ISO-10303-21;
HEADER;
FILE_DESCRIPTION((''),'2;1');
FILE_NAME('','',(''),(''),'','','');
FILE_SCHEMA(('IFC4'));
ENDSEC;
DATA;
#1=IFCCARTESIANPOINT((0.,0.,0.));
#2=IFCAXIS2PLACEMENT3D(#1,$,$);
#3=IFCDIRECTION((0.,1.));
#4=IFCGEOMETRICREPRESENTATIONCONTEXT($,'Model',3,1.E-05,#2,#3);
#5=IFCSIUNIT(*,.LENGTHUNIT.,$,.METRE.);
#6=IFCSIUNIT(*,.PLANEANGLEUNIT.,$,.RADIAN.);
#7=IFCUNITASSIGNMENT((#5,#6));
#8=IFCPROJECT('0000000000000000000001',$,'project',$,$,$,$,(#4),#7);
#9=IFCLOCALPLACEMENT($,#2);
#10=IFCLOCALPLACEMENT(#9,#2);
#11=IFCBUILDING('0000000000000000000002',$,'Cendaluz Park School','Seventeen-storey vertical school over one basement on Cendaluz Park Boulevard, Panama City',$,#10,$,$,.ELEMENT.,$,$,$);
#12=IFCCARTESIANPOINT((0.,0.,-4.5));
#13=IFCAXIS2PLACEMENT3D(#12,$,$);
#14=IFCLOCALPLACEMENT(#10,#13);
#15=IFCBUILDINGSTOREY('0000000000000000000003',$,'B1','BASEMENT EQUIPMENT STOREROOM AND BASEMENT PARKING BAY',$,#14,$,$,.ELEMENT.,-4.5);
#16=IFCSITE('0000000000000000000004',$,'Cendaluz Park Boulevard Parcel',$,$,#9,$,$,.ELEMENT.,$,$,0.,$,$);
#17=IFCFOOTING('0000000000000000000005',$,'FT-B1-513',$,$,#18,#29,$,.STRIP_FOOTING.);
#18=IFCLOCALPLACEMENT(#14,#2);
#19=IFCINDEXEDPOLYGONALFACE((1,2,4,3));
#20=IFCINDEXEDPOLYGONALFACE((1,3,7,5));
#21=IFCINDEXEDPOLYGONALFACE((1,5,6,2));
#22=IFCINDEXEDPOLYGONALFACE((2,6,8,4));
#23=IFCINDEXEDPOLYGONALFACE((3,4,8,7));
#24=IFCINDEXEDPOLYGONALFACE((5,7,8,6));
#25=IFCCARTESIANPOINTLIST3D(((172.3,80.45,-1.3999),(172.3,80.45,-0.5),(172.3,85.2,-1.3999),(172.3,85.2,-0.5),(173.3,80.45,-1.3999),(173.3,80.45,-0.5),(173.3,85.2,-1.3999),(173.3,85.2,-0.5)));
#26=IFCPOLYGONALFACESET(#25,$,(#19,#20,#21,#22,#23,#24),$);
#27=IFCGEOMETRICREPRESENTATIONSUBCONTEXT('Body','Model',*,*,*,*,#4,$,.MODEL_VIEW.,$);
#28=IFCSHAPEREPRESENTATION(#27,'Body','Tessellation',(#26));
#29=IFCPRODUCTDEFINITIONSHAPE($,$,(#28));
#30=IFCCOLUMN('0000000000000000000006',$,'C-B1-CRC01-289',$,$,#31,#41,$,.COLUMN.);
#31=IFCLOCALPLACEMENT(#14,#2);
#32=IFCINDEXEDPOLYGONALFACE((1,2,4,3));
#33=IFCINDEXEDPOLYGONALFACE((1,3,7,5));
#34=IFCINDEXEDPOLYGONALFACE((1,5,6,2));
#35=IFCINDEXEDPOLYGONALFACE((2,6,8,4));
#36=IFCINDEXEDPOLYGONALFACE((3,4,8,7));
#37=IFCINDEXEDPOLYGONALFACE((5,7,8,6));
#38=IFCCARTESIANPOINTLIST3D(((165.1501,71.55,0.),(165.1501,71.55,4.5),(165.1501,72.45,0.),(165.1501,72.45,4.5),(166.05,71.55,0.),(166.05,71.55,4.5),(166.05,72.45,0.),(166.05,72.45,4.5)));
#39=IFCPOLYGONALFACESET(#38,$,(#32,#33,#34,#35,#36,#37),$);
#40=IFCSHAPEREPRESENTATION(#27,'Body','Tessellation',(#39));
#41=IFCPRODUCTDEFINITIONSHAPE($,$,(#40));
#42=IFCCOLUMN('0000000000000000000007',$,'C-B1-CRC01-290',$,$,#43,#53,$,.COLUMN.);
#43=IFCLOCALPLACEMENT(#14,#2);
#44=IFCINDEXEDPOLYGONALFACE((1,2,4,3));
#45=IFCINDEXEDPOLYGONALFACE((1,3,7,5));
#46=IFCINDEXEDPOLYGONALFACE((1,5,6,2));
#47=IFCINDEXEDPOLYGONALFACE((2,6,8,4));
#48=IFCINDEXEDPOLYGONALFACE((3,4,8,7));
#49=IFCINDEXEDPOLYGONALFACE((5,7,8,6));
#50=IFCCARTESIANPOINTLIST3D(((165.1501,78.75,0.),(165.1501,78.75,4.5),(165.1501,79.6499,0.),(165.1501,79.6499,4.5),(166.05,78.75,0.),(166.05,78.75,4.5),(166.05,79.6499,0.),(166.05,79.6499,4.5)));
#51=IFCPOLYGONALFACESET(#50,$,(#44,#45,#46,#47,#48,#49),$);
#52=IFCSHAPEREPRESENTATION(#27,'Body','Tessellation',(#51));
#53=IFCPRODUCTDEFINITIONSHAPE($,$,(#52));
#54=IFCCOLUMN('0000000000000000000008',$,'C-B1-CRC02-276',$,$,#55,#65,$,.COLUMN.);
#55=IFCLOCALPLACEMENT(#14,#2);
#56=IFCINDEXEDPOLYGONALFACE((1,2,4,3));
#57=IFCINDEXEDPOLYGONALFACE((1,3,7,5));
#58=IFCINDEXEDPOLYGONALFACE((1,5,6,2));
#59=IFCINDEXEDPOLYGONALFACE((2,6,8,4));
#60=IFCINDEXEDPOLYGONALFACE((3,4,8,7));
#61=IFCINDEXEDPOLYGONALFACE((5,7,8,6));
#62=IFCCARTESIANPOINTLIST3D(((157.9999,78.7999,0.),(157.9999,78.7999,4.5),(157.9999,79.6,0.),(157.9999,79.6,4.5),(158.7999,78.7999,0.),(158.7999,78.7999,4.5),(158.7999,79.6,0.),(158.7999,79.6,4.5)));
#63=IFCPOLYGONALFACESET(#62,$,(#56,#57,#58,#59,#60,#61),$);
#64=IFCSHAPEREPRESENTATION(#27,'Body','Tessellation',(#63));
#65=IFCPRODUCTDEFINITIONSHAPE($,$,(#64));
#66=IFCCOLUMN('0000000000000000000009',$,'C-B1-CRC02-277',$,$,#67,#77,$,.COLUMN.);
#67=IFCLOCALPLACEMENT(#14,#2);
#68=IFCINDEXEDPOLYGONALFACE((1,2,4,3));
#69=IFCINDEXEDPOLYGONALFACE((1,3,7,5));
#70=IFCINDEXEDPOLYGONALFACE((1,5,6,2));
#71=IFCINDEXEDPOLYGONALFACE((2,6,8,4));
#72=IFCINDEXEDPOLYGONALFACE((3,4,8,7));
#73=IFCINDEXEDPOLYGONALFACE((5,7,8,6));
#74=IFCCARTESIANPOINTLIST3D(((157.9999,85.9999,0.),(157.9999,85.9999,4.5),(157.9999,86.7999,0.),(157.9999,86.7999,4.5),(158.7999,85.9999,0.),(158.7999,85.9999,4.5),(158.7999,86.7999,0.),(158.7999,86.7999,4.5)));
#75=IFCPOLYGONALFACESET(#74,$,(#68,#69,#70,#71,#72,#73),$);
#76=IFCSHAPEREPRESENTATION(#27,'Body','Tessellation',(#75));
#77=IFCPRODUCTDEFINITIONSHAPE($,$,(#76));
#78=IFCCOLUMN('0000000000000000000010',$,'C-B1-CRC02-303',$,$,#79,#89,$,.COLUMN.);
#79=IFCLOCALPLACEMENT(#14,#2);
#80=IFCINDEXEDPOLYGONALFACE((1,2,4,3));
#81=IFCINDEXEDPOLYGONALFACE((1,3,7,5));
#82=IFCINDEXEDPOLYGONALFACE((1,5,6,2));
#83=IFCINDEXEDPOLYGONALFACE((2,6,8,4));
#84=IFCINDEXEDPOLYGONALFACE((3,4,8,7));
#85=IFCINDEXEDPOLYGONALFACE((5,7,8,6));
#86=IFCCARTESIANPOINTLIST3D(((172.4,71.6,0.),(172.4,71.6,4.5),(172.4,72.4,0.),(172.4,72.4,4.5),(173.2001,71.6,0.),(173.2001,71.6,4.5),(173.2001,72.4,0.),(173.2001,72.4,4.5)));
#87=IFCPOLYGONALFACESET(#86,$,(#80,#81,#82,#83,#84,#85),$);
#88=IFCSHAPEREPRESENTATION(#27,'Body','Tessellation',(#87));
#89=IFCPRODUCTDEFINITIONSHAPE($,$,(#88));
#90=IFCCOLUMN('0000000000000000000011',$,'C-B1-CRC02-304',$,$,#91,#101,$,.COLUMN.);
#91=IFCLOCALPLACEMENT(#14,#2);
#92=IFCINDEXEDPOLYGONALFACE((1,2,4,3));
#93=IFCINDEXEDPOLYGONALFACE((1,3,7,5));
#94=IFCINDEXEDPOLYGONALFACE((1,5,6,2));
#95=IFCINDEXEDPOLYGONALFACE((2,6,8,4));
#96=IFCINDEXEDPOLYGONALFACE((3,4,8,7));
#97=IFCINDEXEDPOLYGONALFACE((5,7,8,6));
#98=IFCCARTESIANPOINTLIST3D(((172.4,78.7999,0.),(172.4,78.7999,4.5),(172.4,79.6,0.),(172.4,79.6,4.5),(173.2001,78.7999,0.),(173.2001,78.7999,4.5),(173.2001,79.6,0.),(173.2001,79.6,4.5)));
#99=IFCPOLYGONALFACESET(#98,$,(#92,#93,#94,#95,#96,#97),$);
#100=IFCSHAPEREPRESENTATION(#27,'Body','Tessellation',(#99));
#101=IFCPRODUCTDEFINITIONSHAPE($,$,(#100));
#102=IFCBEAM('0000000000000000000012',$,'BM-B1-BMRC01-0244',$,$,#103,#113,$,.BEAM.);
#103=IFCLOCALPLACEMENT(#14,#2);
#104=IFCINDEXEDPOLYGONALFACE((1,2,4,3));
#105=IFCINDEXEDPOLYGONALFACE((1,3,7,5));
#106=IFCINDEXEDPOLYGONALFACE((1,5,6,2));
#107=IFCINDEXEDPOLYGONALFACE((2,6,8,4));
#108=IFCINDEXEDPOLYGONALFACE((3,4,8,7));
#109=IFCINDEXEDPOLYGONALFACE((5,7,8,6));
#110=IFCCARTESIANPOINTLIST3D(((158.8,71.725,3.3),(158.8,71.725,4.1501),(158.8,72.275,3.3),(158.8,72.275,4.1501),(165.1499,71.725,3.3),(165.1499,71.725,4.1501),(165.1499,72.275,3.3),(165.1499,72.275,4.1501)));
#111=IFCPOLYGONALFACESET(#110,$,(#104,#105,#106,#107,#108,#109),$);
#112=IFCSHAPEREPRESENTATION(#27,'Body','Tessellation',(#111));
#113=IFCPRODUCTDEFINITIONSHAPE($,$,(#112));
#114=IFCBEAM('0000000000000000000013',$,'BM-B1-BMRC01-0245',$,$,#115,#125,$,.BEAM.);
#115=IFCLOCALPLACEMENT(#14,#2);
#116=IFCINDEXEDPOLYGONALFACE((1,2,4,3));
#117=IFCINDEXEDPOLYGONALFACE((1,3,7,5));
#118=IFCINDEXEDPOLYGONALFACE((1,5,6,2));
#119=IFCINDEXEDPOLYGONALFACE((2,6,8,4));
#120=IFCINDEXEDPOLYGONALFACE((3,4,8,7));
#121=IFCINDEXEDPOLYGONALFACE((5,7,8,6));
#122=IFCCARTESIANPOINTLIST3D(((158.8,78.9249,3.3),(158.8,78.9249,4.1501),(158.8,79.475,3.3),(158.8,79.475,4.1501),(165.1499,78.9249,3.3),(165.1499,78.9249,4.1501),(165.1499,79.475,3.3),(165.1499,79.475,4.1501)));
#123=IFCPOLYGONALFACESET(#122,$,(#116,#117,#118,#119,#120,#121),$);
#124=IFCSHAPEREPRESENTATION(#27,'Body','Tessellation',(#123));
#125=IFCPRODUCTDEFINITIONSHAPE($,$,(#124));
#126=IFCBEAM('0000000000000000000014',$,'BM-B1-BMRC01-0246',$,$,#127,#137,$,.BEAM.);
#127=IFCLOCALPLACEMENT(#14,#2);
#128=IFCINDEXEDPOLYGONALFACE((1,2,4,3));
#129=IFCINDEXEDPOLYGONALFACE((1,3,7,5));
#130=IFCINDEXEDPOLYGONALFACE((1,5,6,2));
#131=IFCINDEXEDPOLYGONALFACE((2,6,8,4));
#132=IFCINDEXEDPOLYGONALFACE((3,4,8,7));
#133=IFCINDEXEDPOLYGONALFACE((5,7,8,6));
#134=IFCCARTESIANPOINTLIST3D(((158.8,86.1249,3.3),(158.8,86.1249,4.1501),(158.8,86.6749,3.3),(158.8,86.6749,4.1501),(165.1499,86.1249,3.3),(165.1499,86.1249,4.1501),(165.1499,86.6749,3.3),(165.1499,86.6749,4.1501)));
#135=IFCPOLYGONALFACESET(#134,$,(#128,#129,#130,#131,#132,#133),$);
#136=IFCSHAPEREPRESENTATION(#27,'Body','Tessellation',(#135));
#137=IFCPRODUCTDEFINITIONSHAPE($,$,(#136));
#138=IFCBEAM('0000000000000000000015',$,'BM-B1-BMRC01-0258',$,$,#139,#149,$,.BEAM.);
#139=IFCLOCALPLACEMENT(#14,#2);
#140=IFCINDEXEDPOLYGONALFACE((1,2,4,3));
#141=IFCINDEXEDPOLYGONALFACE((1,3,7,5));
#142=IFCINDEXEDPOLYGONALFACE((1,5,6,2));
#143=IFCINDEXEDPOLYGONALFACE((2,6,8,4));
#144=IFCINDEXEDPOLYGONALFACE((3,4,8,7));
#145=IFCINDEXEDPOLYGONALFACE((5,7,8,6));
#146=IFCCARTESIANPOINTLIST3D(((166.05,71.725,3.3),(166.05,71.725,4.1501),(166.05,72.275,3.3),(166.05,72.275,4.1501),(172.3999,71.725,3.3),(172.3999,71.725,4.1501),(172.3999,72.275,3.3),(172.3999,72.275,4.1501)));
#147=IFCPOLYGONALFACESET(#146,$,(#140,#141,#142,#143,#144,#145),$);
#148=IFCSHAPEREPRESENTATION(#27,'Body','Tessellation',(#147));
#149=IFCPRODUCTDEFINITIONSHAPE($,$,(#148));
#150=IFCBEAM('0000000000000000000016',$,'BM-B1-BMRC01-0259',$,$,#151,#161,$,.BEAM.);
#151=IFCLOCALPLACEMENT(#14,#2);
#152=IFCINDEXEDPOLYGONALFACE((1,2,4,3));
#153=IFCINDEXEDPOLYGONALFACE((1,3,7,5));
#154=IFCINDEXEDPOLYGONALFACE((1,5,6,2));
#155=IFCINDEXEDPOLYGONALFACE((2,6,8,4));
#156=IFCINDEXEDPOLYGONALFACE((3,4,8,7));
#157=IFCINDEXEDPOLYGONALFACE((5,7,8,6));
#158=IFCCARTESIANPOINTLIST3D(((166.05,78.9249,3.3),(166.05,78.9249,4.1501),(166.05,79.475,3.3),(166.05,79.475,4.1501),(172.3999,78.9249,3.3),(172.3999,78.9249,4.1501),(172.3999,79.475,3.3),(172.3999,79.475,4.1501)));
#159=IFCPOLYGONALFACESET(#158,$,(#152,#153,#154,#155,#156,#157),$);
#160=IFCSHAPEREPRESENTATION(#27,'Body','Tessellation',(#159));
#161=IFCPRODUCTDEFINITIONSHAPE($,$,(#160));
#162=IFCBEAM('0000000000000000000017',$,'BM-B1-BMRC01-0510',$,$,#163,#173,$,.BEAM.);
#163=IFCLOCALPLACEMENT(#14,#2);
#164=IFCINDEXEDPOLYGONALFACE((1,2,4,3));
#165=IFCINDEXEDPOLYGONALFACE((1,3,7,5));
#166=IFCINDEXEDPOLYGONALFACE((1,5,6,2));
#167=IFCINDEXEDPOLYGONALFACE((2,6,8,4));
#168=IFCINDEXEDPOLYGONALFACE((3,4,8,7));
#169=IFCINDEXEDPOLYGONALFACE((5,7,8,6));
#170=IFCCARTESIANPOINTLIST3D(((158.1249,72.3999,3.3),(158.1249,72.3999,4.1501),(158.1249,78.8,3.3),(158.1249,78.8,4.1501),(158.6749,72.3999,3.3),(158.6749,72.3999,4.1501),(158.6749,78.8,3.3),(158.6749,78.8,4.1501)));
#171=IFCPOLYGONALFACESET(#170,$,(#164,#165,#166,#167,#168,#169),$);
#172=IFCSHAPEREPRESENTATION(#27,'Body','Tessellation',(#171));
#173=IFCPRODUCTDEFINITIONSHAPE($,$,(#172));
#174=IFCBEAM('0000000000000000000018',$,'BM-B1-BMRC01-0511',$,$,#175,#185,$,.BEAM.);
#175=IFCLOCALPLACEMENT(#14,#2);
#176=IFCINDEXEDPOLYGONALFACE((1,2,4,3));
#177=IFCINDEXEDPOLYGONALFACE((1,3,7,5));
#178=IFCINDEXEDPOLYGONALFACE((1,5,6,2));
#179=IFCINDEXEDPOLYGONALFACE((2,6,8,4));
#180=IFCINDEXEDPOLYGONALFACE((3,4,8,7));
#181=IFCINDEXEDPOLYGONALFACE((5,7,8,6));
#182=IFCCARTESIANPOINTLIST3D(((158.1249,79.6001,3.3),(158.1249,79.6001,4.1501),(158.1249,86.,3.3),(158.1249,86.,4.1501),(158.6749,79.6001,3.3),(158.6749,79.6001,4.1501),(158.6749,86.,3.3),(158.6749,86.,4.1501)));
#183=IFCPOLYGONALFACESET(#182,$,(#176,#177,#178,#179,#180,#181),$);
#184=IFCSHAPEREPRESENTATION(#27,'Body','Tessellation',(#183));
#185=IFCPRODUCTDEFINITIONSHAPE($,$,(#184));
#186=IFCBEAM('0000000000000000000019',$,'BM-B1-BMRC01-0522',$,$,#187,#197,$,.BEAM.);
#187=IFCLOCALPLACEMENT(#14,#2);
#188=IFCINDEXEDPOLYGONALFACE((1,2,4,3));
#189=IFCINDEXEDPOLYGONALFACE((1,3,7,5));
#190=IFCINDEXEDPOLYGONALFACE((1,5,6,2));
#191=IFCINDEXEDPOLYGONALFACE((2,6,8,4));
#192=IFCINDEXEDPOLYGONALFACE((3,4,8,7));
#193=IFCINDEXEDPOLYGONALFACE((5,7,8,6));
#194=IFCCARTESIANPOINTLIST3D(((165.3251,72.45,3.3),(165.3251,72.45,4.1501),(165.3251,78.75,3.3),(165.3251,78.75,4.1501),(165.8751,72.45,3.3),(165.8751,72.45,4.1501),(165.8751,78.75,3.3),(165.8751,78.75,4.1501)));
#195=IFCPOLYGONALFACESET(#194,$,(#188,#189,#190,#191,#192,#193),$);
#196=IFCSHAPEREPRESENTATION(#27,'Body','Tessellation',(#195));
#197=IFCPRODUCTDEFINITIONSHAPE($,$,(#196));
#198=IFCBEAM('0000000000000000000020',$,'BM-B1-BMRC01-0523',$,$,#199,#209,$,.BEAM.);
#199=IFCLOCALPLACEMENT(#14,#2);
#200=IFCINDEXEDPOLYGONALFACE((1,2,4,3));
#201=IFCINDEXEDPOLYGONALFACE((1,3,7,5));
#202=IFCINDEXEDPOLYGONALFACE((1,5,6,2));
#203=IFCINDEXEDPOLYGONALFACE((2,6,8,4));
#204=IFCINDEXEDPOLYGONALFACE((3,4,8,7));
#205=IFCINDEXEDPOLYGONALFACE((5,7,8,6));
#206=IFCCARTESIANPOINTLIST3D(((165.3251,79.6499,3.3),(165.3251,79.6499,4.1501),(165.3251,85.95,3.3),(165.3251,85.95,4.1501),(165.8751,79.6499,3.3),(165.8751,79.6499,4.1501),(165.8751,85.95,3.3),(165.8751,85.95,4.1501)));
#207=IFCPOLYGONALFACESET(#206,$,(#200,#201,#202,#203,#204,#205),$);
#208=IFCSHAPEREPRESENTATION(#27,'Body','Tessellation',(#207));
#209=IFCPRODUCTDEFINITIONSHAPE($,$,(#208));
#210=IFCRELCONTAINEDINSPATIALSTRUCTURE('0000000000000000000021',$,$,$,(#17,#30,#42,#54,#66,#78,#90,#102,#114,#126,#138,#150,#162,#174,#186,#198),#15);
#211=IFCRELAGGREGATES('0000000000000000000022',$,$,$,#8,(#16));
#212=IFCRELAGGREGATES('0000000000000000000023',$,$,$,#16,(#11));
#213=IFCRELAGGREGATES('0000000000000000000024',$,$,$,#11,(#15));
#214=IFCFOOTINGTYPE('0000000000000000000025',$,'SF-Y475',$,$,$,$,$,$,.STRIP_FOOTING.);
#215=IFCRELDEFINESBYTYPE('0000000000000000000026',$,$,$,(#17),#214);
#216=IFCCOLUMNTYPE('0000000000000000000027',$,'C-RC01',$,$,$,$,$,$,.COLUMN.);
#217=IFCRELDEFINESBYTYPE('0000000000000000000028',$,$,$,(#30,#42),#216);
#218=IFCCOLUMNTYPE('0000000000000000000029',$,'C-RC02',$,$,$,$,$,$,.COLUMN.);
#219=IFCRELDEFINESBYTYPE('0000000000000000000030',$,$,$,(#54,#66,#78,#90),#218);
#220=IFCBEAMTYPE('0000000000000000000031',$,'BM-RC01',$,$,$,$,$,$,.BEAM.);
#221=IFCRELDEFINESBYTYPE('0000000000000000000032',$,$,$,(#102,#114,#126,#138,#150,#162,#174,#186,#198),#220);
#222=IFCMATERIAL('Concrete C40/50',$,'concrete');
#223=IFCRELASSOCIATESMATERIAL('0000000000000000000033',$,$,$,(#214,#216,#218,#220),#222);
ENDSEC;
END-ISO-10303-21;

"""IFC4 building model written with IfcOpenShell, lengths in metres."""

from ifc_helpers import new_model, si_unit, direction, frame, origin, origin_2d, place, context, subcontext, project, spatial, rectangle, extrude, material, material_profile, profile_set, type_object, element, save


model = new_model("IFC4")

# Units and contexts
model_context = context("Model", 3, precision=1e-05, world=origin(), true_north=direction((0.0, 1.0)))
body_context = subcontext(model_context, "Body", "Model", "MODEL_VIEW")
ifc_project = project(units=[si_unit("LENGTHUNIT", "METRE"), si_unit("PLANEANGLEUNIT", "RADIAN")], contexts=[model_context])

# Site, building, storey
site_placement = place(None, origin())
site = spatial("IfcSite", under=ifc_project, at=site_placement, Name="Cendaluz Park Boulevard Parcel", CompositionType="ELEMENT", RefElevation=0.0)
building_placement = place(site_placement, origin())
building = spatial("IfcBuilding", under=site, at=building_placement, Name="Cendaluz Park School", Description="Seventeen-storey vertical school over one basement on Cendaluz Park Boulevard, Panama City", CompositionType="ELEMENT")
storey_placement = place(building_placement, frame((0.0, 0.0, -4.5)))
storey = spatial("IfcBuildingStorey", under=building, at=storey_placement, Name="B1", Description="BASEMENT EQUIPMENT STOREROOM AND BASEMENT PARKING BAY", CompositionType="ELEMENT", Elevation=-4.5)

# Shared definitions
ifc_material_1 = material(Name="Concrete C40/50", Category="concrete")

# Footing
footing_type_1 = type_object("IfcFootingType", Name="SF-Y475", PredefinedType="STRIP_FOOTING", material=ifc_material_1)
footing_1_placement = place(storey_placement, frame((172.8, 82.825, -1.3999), z_axis=(0.0, 0.0, 1.0), x_axis=(1.0, 0.0, 0.0)))
element("IfcFooting", 1, at=footing_1_placement, inside=storey, type_object=footing_type_1, Name="FT-B1-513", PredefinedType="STRIP_FOOTING", context=body_context, shape_type="SweptSolid", body=[
    extrude(rectangle(XDim=1.0, YDim=4.75, at=origin_2d()), origin(), (0.0, 0.0, 1.0), 0.8999),
])

# Columns
ifc_material_profile_1 = material_profile(ifc_material_1, rectangle(XDim=0.8999, YDim=0.8999, at=origin_2d()), Name="RC 900x900", Category="concrete")
ifc_profile_set_1 = profile_set([ifc_material_profile_1], Name="Concrete C40/50")
column_type_1 = type_object("IfcColumnType", Name="C-RC01", PredefinedType="COLUMN", material=ifc_profile_set_1)
for number, where, z_axis, x_axis, name in (
    (2, (165.6001, 72.0, 0.0), (0.0, 0.0, 1.0), (1.0, 0.0, 0.0), "C-B1-CRC01-289"),
    (3, (165.6001, 79.2, 0.0), (0.0, 0.0, 1.0), (1.0, 0.0, 0.0), "C-B1-CRC01-290"),
):
    element("IfcColumn", number, at=place(storey_placement, frame(where, z_axis=z_axis, x_axis=x_axis)), inside=storey, type_object=column_type_1, Name=name, PredefinedType="COLUMN", context=body_context, shape_type="SweptSolid", body=[
        extrude(rectangle(XDim=0.8999, YDim=0.8999, at=origin_2d()), origin(), (0.0, 0.0, 1.0), 4.5),
    ])
ifc_material_profile_2 = material_profile(ifc_material_1, rectangle(XDim=0.8, YDim=0.8, at=origin_2d()), Name="RC 800x800", Category="concrete")
ifc_profile_set_2 = profile_set([ifc_material_profile_2], Name="Concrete C40/50")
column_type_2 = type_object("IfcColumnType", Name="C-RC02", PredefinedType="COLUMN", material=ifc_profile_set_2)
for number, where, z_axis, x_axis, name in (
    (4, (158.3999, 79.2, 0.0), (0.0, 0.0, 1.0), (1.0, 0.0, 0.0), "C-B1-CRC02-276"),
    (5, (158.3999, 86.3999, 0.0), (0.0, 0.0, 1.0), (1.0, 0.0, 0.0), "C-B1-CRC02-277"),
    (6, (172.8, 72.0, 0.0), (0.0, 0.0, 1.0), (1.0, 0.0, 0.0), "C-B1-CRC02-303"),
    (7, (172.8, 79.2, 0.0), (0.0, 0.0, 1.0), (1.0, 0.0, 0.0), "C-B1-CRC02-304"),
):
    element("IfcColumn", number, at=place(storey_placement, frame(where, z_axis=z_axis, x_axis=x_axis)), inside=storey, type_object=column_type_2, Name=name, PredefinedType="COLUMN", context=body_context, shape_type="SweptSolid", body=[
        extrude(rectangle(XDim=0.8, YDim=0.8, at=origin_2d()), origin(), (0.0, 0.0, 1.0), 4.5),
    ])

# Beams
ifc_material_profile_3 = material_profile(ifc_material_1, rectangle(XDim=0.55, YDim=0.8501, at=origin_2d()), Name="RC 550x850", Category="concrete")
ifc_profile_set_3 = profile_set([ifc_material_profile_3], Name="Concrete C40/50")
beam_type_1 = type_object("IfcBeamType", Name="BM-RC01", PredefinedType="BEAM", material=ifc_profile_set_3)
for number, where, z_axis, x_axis, name in (
    (8, (158.8, 72.0, 3.7251), (1.0, 0.0, 0.0), (0.0, 1.0, 0.0), "BM-B1-BMRC01-0244"),
    (9, (158.8, 79.2, 3.7251), (1.0, 0.0, 0.0), (0.0, 1.0, 0.0), "BM-B1-BMRC01-0245"),
    (10, (158.8, 86.3999, 3.7251), (1.0, 0.0, 0.0), (0.0, 1.0, 0.0), "BM-B1-BMRC01-0246"),
    (11, (166.05, 72.0, 3.7251), (1.0, 0.0, 0.0), (0.0, 1.0, 0.0), "BM-B1-BMRC01-0258"),
    (12, (166.05, 79.2, 3.7251), (1.0, 0.0, 0.0), (0.0, 1.0, 0.0), "BM-B1-BMRC01-0259"),
):
    element("IfcBeam", number, at=place(storey_placement, frame(where, z_axis=z_axis, x_axis=x_axis)), inside=storey, type_object=beam_type_1, Name=name, PredefinedType="BEAM", context=body_context, shape_type="SweptSolid", body=[
        extrude(rectangle(XDim=0.55, YDim=0.8501, at=origin_2d()), origin(), (0.0, 0.0, 1.0), 6.3499),
    ])
beam_1_placement = place(storey_placement, frame((158.3999, 72.3999, 3.7251), z_axis=(0.0, 1.0, 0.0), x_axis=(-1.0, 0.0, 0.0)))
element("IfcBeam", 13, at=beam_1_placement, inside=storey, type_object=beam_type_1, Name="BM-B1-BMRC01-0510", PredefinedType="BEAM", context=body_context, shape_type="SweptSolid", body=[
    extrude(rectangle(XDim=0.55, YDim=0.8501, at=origin_2d()), origin(), (0.0, 0.0, 1.0), 6.4001),
])
beam_2_placement = place(storey_placement, frame((158.3999, 79.6001, 3.7251), z_axis=(0.0, 1.0, 0.0), x_axis=(-1.0, 0.0, 0.0)))
element("IfcBeam", 14, at=beam_2_placement, inside=storey, type_object=beam_type_1, Name="BM-B1-BMRC01-0511", PredefinedType="BEAM", context=body_context, shape_type="SweptSolid", body=[
    extrude(rectangle(XDim=0.55, YDim=0.8501, at=origin_2d()), origin(), (0.0, 0.0, 1.0), 6.3999),
])
for number, where, z_axis, x_axis, name in (
    (15, (165.6001, 72.45, 3.7251), (0.0, 1.0, 0.0), (-1.0, 0.0, 0.0), "BM-B1-BMRC01-0522"),
    (16, (165.6001, 79.6499, 3.7251), (0.0, 1.0, 0.0), (-1.0, 0.0, 0.0), "BM-B1-BMRC01-0523"),
):
    element("IfcBeam", number, at=place(storey_placement, frame(where, z_axis=z_axis, x_axis=x_axis)), inside=storey, type_object=beam_type_1, Name=name, PredefinedType="BEAM", context=body_context, shape_type="SweptSolid", body=[
        extrude(rectangle(XDim=0.55, YDim=0.8501, at=origin_2d()), origin(), (0.0, 0.0, 1.0), 6.3),
    ])

save(model, "model.ifc")
